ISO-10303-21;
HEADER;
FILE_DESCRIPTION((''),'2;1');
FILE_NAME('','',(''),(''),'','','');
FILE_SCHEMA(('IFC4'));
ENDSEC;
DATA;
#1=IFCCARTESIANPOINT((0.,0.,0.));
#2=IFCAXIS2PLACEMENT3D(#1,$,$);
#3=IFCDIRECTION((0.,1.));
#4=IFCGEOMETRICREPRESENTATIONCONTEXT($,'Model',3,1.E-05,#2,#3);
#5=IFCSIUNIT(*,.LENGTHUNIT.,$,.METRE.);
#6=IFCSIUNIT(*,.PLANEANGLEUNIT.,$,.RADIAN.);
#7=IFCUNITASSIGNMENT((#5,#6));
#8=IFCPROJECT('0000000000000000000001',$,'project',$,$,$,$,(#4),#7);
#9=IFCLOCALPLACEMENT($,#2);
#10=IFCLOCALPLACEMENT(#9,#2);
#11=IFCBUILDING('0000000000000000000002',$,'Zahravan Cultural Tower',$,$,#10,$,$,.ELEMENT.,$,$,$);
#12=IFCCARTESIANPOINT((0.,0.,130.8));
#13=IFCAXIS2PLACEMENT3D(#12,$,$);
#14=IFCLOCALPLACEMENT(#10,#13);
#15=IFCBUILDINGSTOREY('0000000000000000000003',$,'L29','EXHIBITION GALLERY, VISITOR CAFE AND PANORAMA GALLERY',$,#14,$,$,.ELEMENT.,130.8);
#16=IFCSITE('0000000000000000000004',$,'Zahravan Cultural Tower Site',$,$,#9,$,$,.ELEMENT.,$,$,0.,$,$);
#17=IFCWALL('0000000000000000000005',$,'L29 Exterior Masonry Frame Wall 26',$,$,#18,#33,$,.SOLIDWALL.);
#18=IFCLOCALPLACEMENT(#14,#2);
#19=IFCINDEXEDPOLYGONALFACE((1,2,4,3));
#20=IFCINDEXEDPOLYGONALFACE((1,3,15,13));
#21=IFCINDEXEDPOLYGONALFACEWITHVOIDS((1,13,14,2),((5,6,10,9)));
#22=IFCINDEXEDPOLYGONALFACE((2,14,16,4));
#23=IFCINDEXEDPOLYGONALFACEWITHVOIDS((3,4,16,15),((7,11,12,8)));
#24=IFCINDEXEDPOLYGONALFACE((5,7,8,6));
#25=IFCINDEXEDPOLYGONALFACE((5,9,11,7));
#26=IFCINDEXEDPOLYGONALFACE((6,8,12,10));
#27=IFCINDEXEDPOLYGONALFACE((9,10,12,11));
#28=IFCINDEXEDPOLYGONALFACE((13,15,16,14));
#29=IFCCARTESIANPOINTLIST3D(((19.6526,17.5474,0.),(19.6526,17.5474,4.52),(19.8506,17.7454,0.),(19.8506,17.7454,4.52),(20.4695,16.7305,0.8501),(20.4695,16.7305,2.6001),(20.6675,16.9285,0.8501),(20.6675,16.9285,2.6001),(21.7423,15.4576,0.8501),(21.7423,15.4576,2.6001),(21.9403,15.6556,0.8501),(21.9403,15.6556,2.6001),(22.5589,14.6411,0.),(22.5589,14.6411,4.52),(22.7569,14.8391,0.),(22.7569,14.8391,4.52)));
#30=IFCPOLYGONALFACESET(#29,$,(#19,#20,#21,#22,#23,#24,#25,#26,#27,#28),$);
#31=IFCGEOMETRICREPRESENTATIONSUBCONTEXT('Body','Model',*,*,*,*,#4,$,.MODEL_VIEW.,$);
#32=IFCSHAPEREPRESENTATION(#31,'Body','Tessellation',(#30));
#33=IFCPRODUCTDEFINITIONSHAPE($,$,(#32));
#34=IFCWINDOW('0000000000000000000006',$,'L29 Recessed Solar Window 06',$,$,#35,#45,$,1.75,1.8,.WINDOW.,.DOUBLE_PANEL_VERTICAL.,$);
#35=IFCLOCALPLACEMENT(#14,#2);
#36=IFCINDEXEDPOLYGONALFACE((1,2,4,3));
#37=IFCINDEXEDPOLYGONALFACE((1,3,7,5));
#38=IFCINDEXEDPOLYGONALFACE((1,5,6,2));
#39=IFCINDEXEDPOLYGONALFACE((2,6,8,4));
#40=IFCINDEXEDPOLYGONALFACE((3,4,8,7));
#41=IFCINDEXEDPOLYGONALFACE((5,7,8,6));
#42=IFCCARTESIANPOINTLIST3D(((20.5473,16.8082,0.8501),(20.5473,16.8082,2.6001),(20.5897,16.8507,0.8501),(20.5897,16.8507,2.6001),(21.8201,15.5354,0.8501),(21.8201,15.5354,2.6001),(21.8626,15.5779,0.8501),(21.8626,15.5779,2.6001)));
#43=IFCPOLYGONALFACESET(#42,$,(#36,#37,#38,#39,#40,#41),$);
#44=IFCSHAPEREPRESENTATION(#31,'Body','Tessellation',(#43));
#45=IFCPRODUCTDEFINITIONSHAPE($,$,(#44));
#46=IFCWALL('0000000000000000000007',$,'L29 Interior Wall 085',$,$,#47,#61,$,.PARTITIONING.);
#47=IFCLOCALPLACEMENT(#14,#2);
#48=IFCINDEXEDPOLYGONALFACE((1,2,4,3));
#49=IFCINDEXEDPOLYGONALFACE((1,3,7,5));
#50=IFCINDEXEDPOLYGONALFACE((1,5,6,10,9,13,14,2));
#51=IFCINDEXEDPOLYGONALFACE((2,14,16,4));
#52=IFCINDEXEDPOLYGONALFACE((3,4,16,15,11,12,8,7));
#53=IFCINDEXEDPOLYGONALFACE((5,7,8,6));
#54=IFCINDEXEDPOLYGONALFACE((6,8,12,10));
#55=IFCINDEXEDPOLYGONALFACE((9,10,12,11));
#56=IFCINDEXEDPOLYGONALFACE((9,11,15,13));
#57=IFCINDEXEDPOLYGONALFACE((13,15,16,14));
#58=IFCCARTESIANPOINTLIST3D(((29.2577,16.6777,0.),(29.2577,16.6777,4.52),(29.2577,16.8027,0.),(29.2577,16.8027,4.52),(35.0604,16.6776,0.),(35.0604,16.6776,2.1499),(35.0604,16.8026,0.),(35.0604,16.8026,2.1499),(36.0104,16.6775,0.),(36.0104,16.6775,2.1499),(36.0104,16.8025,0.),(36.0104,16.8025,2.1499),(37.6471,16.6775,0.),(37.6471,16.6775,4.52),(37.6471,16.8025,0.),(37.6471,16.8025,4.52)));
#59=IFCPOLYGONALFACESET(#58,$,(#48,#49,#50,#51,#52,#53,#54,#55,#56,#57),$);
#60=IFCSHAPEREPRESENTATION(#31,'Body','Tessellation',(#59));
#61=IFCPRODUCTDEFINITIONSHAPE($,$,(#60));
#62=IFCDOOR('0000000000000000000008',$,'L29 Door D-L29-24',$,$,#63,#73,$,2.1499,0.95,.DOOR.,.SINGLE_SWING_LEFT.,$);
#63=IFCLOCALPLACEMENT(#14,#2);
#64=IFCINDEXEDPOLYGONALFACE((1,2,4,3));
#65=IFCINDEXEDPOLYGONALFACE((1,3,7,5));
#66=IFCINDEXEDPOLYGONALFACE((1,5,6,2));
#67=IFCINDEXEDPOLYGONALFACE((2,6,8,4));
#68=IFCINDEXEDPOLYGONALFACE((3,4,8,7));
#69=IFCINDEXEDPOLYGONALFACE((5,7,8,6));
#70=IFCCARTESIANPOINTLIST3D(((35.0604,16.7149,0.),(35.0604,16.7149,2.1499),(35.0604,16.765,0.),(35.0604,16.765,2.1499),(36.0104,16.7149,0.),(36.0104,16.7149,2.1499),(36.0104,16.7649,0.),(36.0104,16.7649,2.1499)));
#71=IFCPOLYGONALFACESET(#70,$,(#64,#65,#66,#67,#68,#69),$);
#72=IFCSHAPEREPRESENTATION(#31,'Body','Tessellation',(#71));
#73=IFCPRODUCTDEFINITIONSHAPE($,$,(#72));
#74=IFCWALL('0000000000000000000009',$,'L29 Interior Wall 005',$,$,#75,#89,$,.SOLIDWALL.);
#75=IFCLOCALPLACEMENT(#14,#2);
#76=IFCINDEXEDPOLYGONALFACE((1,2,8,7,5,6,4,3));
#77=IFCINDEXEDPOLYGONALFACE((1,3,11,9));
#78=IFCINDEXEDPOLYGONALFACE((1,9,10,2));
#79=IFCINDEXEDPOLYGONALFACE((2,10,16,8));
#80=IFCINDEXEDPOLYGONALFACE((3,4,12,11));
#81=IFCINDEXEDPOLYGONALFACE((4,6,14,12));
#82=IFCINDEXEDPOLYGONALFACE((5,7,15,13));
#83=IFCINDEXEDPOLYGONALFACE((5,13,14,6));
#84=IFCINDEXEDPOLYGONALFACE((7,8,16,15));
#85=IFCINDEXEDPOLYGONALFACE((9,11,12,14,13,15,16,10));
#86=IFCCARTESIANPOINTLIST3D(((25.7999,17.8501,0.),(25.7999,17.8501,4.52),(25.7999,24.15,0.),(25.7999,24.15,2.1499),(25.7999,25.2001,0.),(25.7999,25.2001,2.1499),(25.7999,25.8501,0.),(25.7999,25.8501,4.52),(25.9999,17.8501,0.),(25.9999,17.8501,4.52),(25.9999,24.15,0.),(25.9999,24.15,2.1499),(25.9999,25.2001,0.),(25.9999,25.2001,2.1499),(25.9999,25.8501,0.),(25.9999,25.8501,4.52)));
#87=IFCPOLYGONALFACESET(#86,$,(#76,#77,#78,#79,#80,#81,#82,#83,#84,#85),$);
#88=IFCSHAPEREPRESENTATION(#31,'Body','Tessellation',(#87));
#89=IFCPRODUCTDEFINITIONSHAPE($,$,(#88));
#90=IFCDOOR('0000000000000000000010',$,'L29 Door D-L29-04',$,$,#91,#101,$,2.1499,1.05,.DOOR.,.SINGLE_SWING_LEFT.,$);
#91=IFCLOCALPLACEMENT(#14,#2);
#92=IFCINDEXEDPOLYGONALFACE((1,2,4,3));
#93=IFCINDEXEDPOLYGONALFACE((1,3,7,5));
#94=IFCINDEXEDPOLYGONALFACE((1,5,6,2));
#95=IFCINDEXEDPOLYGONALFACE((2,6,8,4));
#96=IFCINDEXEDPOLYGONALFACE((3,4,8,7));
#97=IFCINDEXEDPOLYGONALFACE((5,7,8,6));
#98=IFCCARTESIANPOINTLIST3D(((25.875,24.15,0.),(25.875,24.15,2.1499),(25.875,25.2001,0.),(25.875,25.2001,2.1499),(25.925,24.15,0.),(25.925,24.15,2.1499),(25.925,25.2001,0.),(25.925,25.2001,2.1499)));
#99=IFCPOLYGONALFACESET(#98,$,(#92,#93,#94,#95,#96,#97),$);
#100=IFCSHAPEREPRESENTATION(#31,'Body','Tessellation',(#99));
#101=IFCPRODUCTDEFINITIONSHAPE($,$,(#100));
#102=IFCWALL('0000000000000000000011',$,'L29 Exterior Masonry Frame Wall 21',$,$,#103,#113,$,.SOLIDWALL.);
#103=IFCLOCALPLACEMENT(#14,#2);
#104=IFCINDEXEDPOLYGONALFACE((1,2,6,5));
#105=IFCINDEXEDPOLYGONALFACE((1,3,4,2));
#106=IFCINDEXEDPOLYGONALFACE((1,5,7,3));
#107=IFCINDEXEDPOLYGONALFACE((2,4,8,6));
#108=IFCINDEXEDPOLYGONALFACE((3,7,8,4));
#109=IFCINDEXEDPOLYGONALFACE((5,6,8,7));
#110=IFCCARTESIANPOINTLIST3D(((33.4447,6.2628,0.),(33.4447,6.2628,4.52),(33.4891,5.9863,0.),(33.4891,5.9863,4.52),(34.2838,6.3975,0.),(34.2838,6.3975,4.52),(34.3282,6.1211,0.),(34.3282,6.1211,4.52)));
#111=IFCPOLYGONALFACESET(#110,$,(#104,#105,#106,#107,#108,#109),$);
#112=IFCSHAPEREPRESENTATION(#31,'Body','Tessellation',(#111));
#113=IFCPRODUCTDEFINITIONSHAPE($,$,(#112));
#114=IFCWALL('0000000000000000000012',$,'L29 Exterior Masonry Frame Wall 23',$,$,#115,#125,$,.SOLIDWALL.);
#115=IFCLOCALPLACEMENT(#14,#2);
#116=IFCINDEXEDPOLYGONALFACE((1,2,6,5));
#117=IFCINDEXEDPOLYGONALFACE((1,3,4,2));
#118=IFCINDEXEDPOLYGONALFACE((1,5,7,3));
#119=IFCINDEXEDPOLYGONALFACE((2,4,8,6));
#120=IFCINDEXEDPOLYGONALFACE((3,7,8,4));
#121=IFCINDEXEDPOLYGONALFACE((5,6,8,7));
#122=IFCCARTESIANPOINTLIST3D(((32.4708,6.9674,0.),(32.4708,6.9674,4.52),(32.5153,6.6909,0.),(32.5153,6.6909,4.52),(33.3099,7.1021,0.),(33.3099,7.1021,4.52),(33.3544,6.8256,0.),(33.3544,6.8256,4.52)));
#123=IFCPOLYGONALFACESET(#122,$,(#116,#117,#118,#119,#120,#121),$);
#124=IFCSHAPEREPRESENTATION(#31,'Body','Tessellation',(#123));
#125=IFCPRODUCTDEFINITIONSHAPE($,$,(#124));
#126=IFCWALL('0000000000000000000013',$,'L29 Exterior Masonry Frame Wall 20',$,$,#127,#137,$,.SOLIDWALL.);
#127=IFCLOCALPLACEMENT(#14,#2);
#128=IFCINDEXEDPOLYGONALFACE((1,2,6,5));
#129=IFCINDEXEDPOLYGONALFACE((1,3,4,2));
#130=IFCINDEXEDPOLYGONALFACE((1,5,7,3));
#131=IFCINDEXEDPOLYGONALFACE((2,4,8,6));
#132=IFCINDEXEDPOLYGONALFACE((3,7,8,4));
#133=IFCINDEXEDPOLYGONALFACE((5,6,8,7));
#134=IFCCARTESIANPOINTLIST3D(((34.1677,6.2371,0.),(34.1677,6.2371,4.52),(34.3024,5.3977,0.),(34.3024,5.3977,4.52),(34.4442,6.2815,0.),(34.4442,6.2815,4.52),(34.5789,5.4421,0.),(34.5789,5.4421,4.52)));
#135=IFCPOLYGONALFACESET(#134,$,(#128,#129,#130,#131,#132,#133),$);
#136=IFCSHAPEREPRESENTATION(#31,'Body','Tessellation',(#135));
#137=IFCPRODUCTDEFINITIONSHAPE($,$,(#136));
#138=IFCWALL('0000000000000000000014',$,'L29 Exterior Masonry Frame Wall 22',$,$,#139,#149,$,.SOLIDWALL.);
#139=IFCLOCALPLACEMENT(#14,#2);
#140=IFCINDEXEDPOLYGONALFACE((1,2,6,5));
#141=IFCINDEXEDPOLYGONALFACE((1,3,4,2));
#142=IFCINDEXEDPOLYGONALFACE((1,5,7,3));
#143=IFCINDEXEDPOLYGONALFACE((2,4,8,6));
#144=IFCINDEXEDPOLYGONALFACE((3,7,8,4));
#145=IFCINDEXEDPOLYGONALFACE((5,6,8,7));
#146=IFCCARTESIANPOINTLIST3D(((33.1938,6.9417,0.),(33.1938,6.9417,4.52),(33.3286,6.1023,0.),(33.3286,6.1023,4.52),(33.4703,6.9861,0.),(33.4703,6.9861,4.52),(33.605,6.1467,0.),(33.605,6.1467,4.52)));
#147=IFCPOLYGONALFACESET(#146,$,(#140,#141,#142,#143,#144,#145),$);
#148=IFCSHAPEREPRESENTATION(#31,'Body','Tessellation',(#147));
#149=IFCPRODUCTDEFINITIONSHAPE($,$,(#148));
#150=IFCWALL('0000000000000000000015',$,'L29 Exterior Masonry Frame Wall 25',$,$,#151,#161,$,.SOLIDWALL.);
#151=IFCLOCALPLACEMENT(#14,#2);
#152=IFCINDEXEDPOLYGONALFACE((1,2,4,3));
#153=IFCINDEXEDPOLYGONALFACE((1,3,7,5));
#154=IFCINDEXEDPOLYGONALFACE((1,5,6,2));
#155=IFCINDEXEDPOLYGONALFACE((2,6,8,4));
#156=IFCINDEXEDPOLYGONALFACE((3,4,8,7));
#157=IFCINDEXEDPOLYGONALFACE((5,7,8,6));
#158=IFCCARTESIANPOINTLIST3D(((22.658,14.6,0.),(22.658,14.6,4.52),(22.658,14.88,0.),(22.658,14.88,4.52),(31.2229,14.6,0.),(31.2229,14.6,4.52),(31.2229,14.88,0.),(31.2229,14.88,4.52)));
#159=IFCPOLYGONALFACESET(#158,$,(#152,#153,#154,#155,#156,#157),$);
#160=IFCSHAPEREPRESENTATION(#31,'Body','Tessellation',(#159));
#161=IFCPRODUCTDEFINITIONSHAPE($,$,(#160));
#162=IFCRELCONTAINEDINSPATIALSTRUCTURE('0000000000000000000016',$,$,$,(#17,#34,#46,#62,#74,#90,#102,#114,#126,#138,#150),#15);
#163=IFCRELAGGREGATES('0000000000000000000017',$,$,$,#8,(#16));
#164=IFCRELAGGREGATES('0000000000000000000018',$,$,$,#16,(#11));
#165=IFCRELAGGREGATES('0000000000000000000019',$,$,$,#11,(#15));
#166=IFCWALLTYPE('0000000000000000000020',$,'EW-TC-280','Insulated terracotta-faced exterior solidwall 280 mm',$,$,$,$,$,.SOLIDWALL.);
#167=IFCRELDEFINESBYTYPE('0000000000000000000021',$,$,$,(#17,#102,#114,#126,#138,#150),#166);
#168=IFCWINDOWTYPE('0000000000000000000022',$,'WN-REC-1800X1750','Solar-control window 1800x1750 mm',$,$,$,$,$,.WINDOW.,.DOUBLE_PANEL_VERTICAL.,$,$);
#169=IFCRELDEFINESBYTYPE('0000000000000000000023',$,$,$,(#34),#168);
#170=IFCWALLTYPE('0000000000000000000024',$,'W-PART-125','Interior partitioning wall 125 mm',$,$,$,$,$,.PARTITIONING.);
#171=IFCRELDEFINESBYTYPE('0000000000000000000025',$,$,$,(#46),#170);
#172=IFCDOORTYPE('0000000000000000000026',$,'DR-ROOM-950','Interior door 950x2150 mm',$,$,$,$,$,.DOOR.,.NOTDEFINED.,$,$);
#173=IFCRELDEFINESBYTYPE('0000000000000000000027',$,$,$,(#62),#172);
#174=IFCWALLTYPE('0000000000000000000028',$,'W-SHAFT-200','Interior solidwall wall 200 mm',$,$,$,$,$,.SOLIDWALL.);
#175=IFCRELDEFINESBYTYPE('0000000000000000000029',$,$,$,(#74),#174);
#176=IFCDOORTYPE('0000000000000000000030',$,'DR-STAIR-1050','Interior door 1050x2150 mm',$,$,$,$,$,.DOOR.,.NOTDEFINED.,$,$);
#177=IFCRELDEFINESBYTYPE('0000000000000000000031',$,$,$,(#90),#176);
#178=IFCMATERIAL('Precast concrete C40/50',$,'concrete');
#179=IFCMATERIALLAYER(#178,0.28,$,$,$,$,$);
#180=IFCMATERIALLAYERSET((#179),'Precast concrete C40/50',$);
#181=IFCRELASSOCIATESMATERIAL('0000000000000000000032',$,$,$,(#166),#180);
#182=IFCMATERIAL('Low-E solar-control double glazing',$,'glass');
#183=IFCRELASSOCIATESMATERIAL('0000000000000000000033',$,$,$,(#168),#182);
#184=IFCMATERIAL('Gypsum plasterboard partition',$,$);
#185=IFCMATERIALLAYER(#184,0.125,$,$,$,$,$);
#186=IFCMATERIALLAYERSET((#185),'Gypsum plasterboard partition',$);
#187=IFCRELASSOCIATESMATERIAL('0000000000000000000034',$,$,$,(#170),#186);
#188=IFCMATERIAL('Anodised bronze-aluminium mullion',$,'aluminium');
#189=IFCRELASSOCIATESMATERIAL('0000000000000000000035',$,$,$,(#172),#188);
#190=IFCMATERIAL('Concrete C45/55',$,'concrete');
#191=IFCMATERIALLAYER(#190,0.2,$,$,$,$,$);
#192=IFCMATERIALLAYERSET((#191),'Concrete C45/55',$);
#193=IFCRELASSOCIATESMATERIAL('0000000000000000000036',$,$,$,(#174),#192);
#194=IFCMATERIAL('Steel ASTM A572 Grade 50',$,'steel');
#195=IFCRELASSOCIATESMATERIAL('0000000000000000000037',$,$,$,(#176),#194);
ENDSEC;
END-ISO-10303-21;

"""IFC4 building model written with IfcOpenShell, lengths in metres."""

from ifc_helpers import new_model, si_unit, direction, frame, frame_2d, origin, place, context, subcontext, project, spatial, rectangle, extrude, source, transform, mapped, material, layer, layer_set, type_object, element, fill, save


model = new_model("IFC4")

# Units and contexts
model_context = context("Model", 3, precision=1e-05, world=origin(), true_north=direction((0.0, 1.0)))
body_context = subcontext(model_context, "Body", "Model", "MODEL_VIEW")
ifc_project = project(units=[si_unit("LENGTHUNIT", "METRE"), si_unit("PLANEANGLEUNIT", "RADIAN")], contexts=[model_context])

# Site, building, storey
site_placement = place(None, origin())
site = spatial("IfcSite", under=ifc_project, at=site_placement, Name="Zahravan Cultural Tower Site", CompositionType="ELEMENT", RefElevation=0.0)
building_placement = place(site_placement, origin())
building = spatial("IfcBuilding", under=site, at=building_placement, Name="Zahravan Cultural Tower", CompositionType="ELEMENT")
storey_placement = place(building_placement, frame((0.0, 0.0, 130.8)))
storey = spatial("IfcBuildingStorey", under=building, at=storey_placement, Name="L29", Description="EXHIBITION GALLERY, VISITOR CAFE AND PANORAMA GALLERY", CompositionType="ELEMENT", Elevation=130.8)

# Shared definitions
ifc_material_1 = material(Name="Anodised bronze-aluminium mullion", Category="aluminium")

# Shared definitions
ifc_material_2 = material(Name="Steel ASTM A572 Grade 50", Category="steel")

# Wall, opening, window
ifc_material_3 = material(Name="Precast concrete C40/50", Category="concrete")
ifc_layer_1 = layer(ifc_material_3, 0.28)
ifc_layer_set_1 = layer_set([ifc_layer_1], Name="Precast concrete C40/50")
wall_type_1 = type_object("IfcWallType", Name="EW-TC-280", Description="Insulated terracotta-faced exterior solidwall 280 mm", PredefinedType="SOLIDWALL", material=ifc_layer_set_1)
ifc_material_4 = material(Name="Low-E solar-control double glazing", Category="glass")
window_type = type_object("IfcWindowType", Name="WN-REC-1800X1750", Description="Solar-control window 1800x1750 mm", PartitioningType="DOUBLE_PANEL_VERTICAL", PredefinedType="WINDOW", material=ifc_material_4)
shared_shape_1 = source(origin(), body_context, "Body", "SweptSolid", [
    extrude(rectangle(XDim=1.8, YDim=1.75, at=frame_2d((0.8999, 0.875))), frame((0.0, 0.03, 0.0), z_axis=(0.0, -1.0, 0.0), x_axis=(1.0, 0.0, 0.0)), (0.0, 0.0, 1.0), 0.0601),
])
wall_1_placement = place(storey_placement, frame((22.658, 14.74, 0.0), z_axis=(0.0, 0.0, 1.0), x_axis=(-0.707107, 0.707107, 0.0)))
wall_1 = element("IfcWall", 1, at=wall_1_placement, inside=storey, type_object=wall_type_1, Name="L29 Exterior Masonry Frame Wall 26", PredefinedType="SOLIDWALL", context=body_context, shape_type="SweptSolid", body=[
    extrude(rectangle(XDim=4.1101, YDim=0.28, at=frame_2d((2.0552, 0.0))), origin(), (0.0, 0.0, 1.0), 4.52),
])
opening_1_placement = place(wall_1_placement, frame((1.155, 0.0, 0.8501)))
opening_1 = element("IfcOpeningElement", 2, at=opening_1_placement, cuts=wall_1, PredefinedType="OPENING", context=body_context, shape_type="SweptSolid", body=[
    extrude(rectangle(XDim=1.8, YDim=1.75, at=frame_2d((0.8999, 0.875))), frame((0.0, 0.1499, 0.0), z_axis=(0.0, -1.0, 0.0), x_axis=(1.0, 0.0, 0.0)), (0.0, 0.0, 1.0), 0.3),
])
window_1_placement = place(opening_1_placement, origin())
window_1 = element("IfcWindow", 3, at=window_1_placement, inside=storey, type_object=window_type, Name="L29 Recessed Solar Window 06", OverallHeight=1.75, OverallWidth=1.8, PartitioningType="DOUBLE_PANEL_VERTICAL", PredefinedType="WINDOW", context=body_context, shape_type="MappedRepresentation", body=[
    mapped(shared_shape_1, transform((0.0, 0.0, 0.0), x_axis=(1.0, 0.0, 0.0), y_axis=(0.0, 1.0, 0.0), z_axis=(0.0, 0.0, 1.0), scale=1.0)),
])
fill(opening_1, window_1)

# Walls, openings, doors
ifc_material_5 = material(Name="Gypsum plasterboard partition")
ifc_layer_2 = layer(ifc_material_5, 0.125)
ifc_layer_set_2 = layer_set([ifc_layer_2], Name="Gypsum plasterboard partition")
wall_type_2 = type_object("IfcWallType", Name="W-PART-125", Description="Interior partitioning wall 125 mm", PredefinedType="PARTITIONING", material=ifc_layer_set_2)
wall_2_placement = place(storey_placement, frame((29.2576, 16.7402, 0.0), z_axis=(0.0, 0.0, 1.0), x_axis=(1.0, -0.000029, 0.0)))
wall_2 = element("IfcWall", 4, at=wall_2_placement, inside=storey, type_object=wall_type_2, Name="L29 Interior Wall 085", PredefinedType="PARTITIONING", context=body_context, shape_type="SweptSolid", body=[
    extrude(rectangle(XDim=8.3894, YDim=0.125, at=frame_2d((4.1948, 0.0))), origin(), (0.0, 0.0, 1.0), 4.52),
])
opening_2_placement = place(wall_2_placement, frame((5.8027, 0.0, 0.0)))
opening_2 = element("IfcOpeningElement", 5, at=opening_2_placement, cuts=wall_2, PredefinedType="OPENING", context=body_context, shape_type="SweptSolid", body=[
    extrude(rectangle(XDim=0.95, YDim=2.1499, at=frame_2d((0.4751, 1.075))), frame((0.0, 0.0725, 0.0), z_axis=(0.0, -1.0, 0.0), x_axis=(1.0, 0.0, 0.0)), (0.0, 0.0, 1.0), 0.145),
])
door_type_1 = type_object("IfcDoorType", Name="DR-ROOM-950", Description="Interior door 950x2150 mm", OperationType="NOTDEFINED", PredefinedType="DOOR", material=ifc_material_1)
shared_shape_2 = source(origin(), body_context, "Body", "SweptSolid", [
    extrude(rectangle(XDim=0.95, YDim=2.1499, at=frame_2d((0.4751, 1.075))), frame((0.0, 0.0249, 0.0), z_axis=(0.0, -1.0, 0.0), x_axis=(1.0, 0.0, 0.0)), (0.0, 0.0, 1.0), 0.05),
])
door_1_placement = place(opening_2_placement, origin())
door_1 = element("IfcDoor", 6, at=door_1_placement, inside=storey, type_object=door_type_1, Name="L29 Door D-L29-24", OperationType="SINGLE_SWING_LEFT", OverallHeight=2.1499, OverallWidth=0.95, PredefinedType="DOOR", context=body_context, shape_type="MappedRepresentation", body=[
    mapped(shared_shape_2, transform((0.0, 0.0, 0.0), x_axis=(1.0, 0.0, 0.0), y_axis=(0.0, 1.0, 0.0), z_axis=(0.0, 0.0, 1.0), scale=1.0)),
])
fill(opening_2, door_1)
ifc_material_6 = material(Name="Concrete C45/55", Category="concrete")
ifc_layer_3 = layer(ifc_material_6, 0.2)
ifc_layer_set_3 = layer_set([ifc_layer_3], Name="Concrete C45/55")
wall_type_3 = type_object("IfcWallType", Name="W-SHAFT-200", Description="Interior solidwall wall 200 mm", PredefinedType="SOLIDWALL", material=ifc_layer_set_3)
wall_3_placement = place(storey_placement, frame((25.8999, 17.8501, 0.0), z_axis=(0.0, 0.0, 1.0), x_axis=(0.0, 1.0, 0.0)))
wall_3 = element("IfcWall", 7, at=wall_3_placement, inside=storey, type_object=wall_type_3, Name="L29 Interior Wall 005", PredefinedType="SOLIDWALL", context=body_context, shape_type="SweptSolid", body=[
    extrude(rectangle(XDim=8.0, YDim=0.2, at=frame_2d((4.0, 0.0))), origin(), (0.0, 0.0, 1.0), 4.52),
])
opening_3_placement = place(wall_3_placement, frame((6.3, 0.0, 0.0)))
opening_3 = element("IfcOpeningElement", 8, at=opening_3_placement, cuts=wall_3, PredefinedType="OPENING", context=body_context, shape_type="SweptSolid", body=[
    extrude(rectangle(XDim=1.05, YDim=2.1499, at=frame_2d((0.5249, 1.075))), frame((0.0, 0.1099, 0.0), z_axis=(0.0, -1.0, 0.0), x_axis=(1.0, 0.0, 0.0)), (0.0, 0.0, 1.0), 0.22),
])
door_type_2 = type_object("IfcDoorType", Name="DR-STAIR-1050", Description="Interior door 1050x2150 mm", OperationType="NOTDEFINED", PredefinedType="DOOR", material=ifc_material_2)
shared_shape_3 = source(origin(), body_context, "Body", "SweptSolid", [
    extrude(rectangle(XDim=1.05, YDim=2.1499, at=frame_2d((0.5249, 1.075))), frame((0.0, 0.0249, 0.0), z_axis=(0.0, -1.0, 0.0), x_axis=(1.0, 0.0, 0.0)), (0.0, 0.0, 1.0), 0.05),
])
door_2_placement = place(opening_3_placement, origin())
door_2 = element("IfcDoor", 9, at=door_2_placement, inside=storey, type_object=door_type_2, Name="L29 Door D-L29-04", OperationType="SINGLE_SWING_LEFT", OverallHeight=2.1499, OverallWidth=1.05, PredefinedType="DOOR", context=body_context, shape_type="MappedRepresentation", body=[
    mapped(shared_shape_3, transform((0.0, 0.0, 0.0), x_axis=(1.0, 0.0, 0.0), y_axis=(0.0, 1.0, 0.0), z_axis=(0.0, 0.0, 1.0), scale=1.0)),
])
fill(opening_3, door_2)

# Walls
shared_shape_4 = source(origin(), body_context, "Body", "SweptSolid", [
    extrude(rectangle(XDim=0.8499, YDim=0.28, at=frame_2d((0.4248, 0.0))), origin(), (0.0, 0.0, 1.0), 4.52),
])
for number, where, z_axis, x_axis, name in (
    (10, (34.3059, 6.2593, 0.0), (0.0, 0.0, 1.0), (-0.987347, -0.158573, 0.0), "L29 Exterior Masonry Frame Wall 21"),
    (11, (33.332, 6.9639, 0.0), (0.0, 0.0, 1.0), (-0.987347, -0.158573, 0.0), "L29 Exterior Masonry Frame Wall 23"),
):
    element("IfcWall", number, at=place(storey_placement, frame(where, z_axis=z_axis, x_axis=x_axis)), inside=storey, type_object=wall_type_1, Name=name, PredefinedType="SOLIDWALL", context=body_context, shape_type="MappedRepresentation", body=[
        mapped(shared_shape_4, transform((0.0, 0.0, 0.0), x_axis=(1.0, 0.0, 0.0), y_axis=(0.0, 1.0, 0.0), z_axis=(0.0, 0.0, 1.0), scale=1.0)),
    ])
shared_shape_5 = source(origin(), body_context, "Body", "SweptSolid", [
    extrude(rectangle(XDim=0.8501, YDim=0.28, at=frame_2d((0.425, 0.0))), origin(), (0.0, 0.0, 1.0), 4.52),
])
for number, where, z_axis, x_axis, name in (
    (12, (34.4407, 5.4199, 0.0), (0.0, 0.0, 1.0), (-0.158528, 0.987354, 0.0), "L29 Exterior Masonry Frame Wall 20"),
    (13, (33.4668, 6.1245, 0.0), (0.0, 0.0, 1.0), (-0.158528, 0.987354, 0.0), "L29 Exterior Masonry Frame Wall 22"),
):
    element("IfcWall", number, at=place(storey_placement, frame(where, z_axis=z_axis, x_axis=x_axis)), inside=storey, type_object=wall_type_1, Name=name, PredefinedType="SOLIDWALL", context=body_context, shape_type="MappedRepresentation", body=[
        mapped(shared_shape_5, transform((0.0, 0.0, 0.0), x_axis=(1.0, 0.0, 0.0), y_axis=(0.0, 1.0, 0.0), z_axis=(0.0, 0.0, 1.0), scale=1.0)),
    ])
shared_shape_6 = source(origin(), body_context, "Body", "SweptSolid", [
    extrude(rectangle(XDim=8.5649, YDim=0.28, at=frame_2d((4.2825, 0.0))), origin(), (0.0, 0.0, 1.0), 4.52),
])
wall_4_placement = place(storey_placement, frame((31.2229, 14.74, 0.0), z_axis=(0.0, 0.0, 1.0), x_axis=(-1.0, 0.0, 0.0)))
element("IfcWall", 14, at=wall_4_placement, inside=storey, type_object=wall_type_1, Name="L29 Exterior Masonry Frame Wall 25", PredefinedType="SOLIDWALL", context=body_context, shape_type="MappedRepresentation", body=[
    mapped(shared_shape_6, transform((0.0, 0.0, 0.0), x_axis=(1.0, 0.0, 0.0), y_axis=(0.0, 1.0, 0.0), z_axis=(0.0, 0.0, 1.0), scale=1.0)),
])

save(model, "model.ifc")
